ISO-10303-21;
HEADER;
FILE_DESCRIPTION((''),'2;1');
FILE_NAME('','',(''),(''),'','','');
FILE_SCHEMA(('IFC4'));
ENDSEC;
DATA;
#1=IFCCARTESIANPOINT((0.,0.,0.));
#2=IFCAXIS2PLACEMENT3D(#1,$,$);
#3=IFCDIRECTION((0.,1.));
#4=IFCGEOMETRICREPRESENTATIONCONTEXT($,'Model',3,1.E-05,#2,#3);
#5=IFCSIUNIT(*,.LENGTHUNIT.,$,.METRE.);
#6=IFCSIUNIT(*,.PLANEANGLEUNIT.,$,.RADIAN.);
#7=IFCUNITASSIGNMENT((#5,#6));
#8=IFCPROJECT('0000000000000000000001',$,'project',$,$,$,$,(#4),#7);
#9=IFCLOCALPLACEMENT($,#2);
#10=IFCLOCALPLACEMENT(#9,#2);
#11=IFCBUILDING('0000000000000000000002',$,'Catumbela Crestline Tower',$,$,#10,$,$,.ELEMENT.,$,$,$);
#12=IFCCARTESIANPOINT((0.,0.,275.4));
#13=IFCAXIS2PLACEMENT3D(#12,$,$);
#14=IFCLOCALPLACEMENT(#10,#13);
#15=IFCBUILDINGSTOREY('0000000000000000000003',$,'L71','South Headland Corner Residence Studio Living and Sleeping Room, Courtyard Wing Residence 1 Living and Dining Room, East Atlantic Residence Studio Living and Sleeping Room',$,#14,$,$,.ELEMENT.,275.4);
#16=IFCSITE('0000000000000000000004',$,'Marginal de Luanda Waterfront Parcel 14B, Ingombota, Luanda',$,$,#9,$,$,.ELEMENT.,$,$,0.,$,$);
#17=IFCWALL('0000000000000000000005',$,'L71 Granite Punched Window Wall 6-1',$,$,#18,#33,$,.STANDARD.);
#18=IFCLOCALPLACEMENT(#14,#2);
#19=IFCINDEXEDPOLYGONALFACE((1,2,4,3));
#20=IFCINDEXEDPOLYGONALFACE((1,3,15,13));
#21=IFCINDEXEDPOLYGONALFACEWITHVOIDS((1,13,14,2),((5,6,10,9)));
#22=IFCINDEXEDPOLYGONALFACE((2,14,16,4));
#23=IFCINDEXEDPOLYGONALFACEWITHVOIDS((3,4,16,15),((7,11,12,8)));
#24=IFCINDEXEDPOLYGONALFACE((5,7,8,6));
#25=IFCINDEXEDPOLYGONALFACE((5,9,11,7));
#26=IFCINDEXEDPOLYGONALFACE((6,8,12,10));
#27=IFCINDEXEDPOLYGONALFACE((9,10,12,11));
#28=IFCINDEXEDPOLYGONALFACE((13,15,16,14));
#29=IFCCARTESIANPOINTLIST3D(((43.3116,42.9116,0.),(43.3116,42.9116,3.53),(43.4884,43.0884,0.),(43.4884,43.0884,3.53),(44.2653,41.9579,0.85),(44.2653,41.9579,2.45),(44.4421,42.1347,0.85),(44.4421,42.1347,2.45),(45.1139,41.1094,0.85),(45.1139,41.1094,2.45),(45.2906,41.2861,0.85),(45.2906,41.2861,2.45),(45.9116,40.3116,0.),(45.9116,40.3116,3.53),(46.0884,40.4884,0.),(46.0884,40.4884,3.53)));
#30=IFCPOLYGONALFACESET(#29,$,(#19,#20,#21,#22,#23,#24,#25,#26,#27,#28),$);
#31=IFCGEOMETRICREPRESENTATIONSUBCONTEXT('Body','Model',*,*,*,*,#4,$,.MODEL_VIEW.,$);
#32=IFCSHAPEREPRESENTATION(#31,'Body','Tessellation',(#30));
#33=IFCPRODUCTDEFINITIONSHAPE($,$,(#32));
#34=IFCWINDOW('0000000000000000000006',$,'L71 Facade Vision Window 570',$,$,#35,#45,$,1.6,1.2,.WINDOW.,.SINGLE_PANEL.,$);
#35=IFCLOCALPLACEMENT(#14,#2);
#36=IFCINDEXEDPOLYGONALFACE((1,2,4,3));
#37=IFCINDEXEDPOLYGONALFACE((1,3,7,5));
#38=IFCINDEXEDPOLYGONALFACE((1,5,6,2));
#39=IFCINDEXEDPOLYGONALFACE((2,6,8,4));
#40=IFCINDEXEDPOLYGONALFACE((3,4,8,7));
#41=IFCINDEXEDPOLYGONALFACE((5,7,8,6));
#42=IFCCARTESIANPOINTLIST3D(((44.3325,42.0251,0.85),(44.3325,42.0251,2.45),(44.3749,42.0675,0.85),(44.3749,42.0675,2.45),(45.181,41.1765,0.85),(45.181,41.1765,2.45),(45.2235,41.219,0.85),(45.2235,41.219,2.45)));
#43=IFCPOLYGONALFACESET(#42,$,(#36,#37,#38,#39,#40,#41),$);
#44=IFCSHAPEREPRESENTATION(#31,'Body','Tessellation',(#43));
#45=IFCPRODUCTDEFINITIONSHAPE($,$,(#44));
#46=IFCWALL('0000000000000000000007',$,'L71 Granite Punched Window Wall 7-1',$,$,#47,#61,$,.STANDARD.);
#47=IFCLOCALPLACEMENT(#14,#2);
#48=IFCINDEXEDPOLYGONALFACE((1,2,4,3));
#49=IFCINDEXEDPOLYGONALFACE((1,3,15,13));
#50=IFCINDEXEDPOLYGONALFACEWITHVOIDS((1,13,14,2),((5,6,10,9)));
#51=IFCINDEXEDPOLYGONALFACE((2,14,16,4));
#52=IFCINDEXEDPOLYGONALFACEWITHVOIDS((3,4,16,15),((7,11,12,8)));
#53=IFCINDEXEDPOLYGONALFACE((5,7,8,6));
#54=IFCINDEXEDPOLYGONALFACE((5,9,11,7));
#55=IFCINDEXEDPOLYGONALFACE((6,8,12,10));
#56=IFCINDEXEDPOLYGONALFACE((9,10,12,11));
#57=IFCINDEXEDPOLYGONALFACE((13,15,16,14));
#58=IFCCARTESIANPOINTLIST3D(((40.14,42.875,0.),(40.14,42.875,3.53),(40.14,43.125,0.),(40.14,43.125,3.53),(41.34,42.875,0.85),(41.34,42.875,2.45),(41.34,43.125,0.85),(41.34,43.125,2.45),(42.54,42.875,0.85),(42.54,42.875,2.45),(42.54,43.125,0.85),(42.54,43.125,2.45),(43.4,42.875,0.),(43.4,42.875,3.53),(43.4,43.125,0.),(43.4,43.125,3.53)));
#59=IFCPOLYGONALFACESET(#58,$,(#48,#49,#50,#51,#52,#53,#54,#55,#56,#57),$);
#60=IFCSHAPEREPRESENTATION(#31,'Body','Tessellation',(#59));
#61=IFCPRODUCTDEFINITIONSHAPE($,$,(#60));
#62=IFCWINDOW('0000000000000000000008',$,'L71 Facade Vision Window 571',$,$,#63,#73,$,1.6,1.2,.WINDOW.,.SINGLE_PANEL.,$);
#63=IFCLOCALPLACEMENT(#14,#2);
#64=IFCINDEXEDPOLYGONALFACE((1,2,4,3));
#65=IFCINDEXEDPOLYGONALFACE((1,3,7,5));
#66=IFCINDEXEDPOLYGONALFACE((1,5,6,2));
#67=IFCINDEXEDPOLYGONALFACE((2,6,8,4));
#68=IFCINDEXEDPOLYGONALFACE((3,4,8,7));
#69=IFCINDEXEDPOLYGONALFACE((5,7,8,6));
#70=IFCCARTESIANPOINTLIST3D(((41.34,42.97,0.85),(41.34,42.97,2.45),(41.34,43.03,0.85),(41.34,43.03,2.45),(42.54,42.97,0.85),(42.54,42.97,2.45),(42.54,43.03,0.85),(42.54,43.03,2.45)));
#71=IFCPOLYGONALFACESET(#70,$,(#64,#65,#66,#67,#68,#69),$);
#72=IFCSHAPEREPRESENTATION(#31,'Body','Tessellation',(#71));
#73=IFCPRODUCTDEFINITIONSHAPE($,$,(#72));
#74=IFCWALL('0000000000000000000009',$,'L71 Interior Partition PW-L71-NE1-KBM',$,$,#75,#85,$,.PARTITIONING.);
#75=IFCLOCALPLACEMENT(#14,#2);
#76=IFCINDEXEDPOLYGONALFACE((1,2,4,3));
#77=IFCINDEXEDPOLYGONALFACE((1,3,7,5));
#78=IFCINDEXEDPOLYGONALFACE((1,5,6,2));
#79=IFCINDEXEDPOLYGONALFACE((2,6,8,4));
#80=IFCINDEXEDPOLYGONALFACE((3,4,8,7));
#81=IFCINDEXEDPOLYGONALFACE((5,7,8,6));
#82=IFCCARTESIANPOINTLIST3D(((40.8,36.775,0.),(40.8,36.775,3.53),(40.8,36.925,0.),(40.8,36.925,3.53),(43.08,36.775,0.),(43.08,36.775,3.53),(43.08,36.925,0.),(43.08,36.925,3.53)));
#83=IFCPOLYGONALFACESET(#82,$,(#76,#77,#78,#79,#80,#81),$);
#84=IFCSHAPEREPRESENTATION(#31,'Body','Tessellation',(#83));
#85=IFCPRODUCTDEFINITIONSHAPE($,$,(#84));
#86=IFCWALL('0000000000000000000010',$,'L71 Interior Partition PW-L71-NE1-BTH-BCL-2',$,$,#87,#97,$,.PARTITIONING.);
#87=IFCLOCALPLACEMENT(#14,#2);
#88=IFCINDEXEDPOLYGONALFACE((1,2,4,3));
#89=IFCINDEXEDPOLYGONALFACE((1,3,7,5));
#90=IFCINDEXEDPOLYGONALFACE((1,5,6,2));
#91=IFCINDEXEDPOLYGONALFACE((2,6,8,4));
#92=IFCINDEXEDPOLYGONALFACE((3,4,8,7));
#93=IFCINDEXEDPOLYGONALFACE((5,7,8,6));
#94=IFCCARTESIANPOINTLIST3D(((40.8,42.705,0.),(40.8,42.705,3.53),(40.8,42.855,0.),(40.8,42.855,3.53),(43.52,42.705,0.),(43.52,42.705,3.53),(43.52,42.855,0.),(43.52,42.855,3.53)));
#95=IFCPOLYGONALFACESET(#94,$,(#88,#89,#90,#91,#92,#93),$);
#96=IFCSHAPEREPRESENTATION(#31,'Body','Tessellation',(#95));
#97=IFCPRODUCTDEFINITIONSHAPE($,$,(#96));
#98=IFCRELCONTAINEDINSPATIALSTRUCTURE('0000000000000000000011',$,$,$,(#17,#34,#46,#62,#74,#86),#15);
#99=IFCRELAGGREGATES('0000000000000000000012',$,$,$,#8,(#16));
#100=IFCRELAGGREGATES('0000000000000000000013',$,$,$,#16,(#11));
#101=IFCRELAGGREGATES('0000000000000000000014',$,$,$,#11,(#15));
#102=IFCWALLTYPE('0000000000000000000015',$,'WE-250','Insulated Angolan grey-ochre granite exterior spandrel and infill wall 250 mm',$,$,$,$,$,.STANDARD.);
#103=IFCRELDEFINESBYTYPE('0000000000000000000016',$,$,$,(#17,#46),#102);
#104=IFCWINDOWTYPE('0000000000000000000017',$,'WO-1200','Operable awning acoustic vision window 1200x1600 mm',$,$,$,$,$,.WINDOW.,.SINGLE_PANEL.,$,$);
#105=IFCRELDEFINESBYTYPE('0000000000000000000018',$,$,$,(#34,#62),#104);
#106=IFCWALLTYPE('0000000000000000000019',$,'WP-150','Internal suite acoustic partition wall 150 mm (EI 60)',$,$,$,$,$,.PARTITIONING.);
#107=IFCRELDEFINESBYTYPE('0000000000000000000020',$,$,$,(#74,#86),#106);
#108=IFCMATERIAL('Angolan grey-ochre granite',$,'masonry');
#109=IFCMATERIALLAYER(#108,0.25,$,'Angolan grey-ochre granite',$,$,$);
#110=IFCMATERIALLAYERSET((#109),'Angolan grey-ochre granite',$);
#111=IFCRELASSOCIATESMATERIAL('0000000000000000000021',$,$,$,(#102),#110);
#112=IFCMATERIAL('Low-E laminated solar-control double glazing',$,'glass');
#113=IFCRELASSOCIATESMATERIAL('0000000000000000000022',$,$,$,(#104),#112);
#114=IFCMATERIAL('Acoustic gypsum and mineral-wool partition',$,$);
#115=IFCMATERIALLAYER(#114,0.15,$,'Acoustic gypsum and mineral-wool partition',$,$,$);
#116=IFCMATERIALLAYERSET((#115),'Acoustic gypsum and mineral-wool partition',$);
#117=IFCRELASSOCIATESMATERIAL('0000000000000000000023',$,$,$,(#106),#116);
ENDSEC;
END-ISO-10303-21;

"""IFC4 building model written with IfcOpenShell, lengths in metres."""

from ifc_helpers import new_model, si_unit, direction, frame, frame_2d, origin, place, context, subcontext, project, spatial, rectangle, extrude, material, layer, layer_set, type_object, element, fill, save


model = new_model("IFC4")

# Units and contexts
model_context = context("Model", 3, precision=1e-05, world=origin(), true_north=direction((0.0, 1.0)))
body_context = subcontext(model_context, "Body", "Model", "MODEL_VIEW")
ifc_project = project(units=[si_unit("LENGTHUNIT", "METRE"), si_unit("PLANEANGLEUNIT", "RADIAN")], contexts=[model_context])

# Site, building, storey
site_placement = place(None, origin())
site = spatial("IfcSite", under=ifc_project, at=site_placement, Name="Marginal de Luanda Waterfront Parcel 14B, Ingombota, Luanda", CompositionType="ELEMENT", RefElevation=0.0)
building_placement = place(site_placement, origin())
building = spatial("IfcBuilding", under=site, at=building_placement, Name="Catumbela Crestline Tower", CompositionType="ELEMENT")
storey_placement = place(building_placement, frame((0.0, 0.0, 275.4)))
storey = spatial("IfcBuildingStorey", under=building, at=storey_placement, Name="L71", Description="South Headland Corner Residence Studio Living and Sleeping Room, Courtyard Wing Residence 1 Living and Dining Room, East Atlantic Residence Studio Living and Sleeping Room", CompositionType="ELEMENT", Elevation=275.4)

# Shared definitions
ifc_material_1 = material(Name="Low-E laminated solar-control double glazing", Category="glass")

# Walls, openings, windows
ifc_material_2 = material(Name="Angolan grey-ochre granite", Category="masonry")
ifc_layer_1 = layer(ifc_material_2, 0.25, Name="Angolan grey-ochre granite")
ifc_layer_set_1 = layer_set([ifc_layer_1], Name="Angolan grey-ochre granite")
wall_type_1 = type_object("IfcWallType", Name="WE-250", Description="Insulated Angolan grey-ochre granite exterior spandrel and infill wall 250 mm", PredefinedType="STANDARD", material=ifc_layer_set_1)
wall_1_placement = place(storey_placement, frame((46.0, 40.4, 0.0), z_axis=(0.0, 0.0, 1.0), x_axis=(-0.707107, 0.707107, 0.0)))
wall_1 = element("IfcWall", 1, at=wall_1_placement, inside=storey, type_object=wall_type_1, Name="L71 Granite Punched Window Wall 6-1", PredefinedType="STANDARD", context=body_context, shape_type="SweptSolid", body=[
    extrude(rectangle(XDim=3.677, YDim=0.25, at=frame_2d((1.8385, 0.0))), origin(), (0.0, 0.0, 1.0), 3.53),
])
opening_1_placement = place(wall_1_placement, frame((1.1282, 0.0, 0.85)))
opening_1 = element("IfcOpeningElement", 2, at=opening_1_placement, cuts=wall_1, PredefinedType="OPENING", context=body_context, shape_type="SweptSolid", body=[
    extrude(rectangle(XDim=1.2, YDim=1.6, at=frame_2d((0.6, 0.8))), frame((0.0, 0.135, 0.0), z_axis=(0.0, -1.0, 0.0), x_axis=(1.0, 0.0, 0.0)), (0.0, 0.0, 1.0), 0.27),
])
window_type = type_object("IfcWindowType", Name="WO-1200", Description="Operable awning acoustic vision window 1200x1600 mm", PartitioningType="SINGLE_PANEL", PredefinedType="WINDOW", material=ifc_material_1)
window_1_placement = place(opening_1_placement, origin())
window_1 = element("IfcWindow", 3, at=window_1_placement, inside=storey, type_object=window_type, Name="L71 Facade Vision Window 570", OverallHeight=1.6, OverallWidth=1.2, PartitioningType="SINGLE_PANEL", PredefinedType="WINDOW", context=body_context, shape_type="SweptSolid", body=[
    extrude(rectangle(XDim=1.2, YDim=1.6, at=frame_2d((0.6, 0.8))), frame((0.0, 0.03, 0.0), z_axis=(0.0, -1.0, 0.0), x_axis=(1.0, 0.0, 0.0)), (0.0, 0.0, 1.0), 0.06),
])
fill(opening_1, window_1)
wall_2_placement = place(storey_placement, frame((43.4, 43.0, 0.0), z_axis=(0.0, 0.0, 1.0), x_axis=(-1.0, 0.0, 0.0)))
wall_2 = element("IfcWall", 4, at=wall_2_placement, inside=storey, type_object=wall_type_1, Name="L71 Granite Punched Window Wall 7-1", PredefinedType="STANDARD", context=body_context, shape_type="SweptSolid", body=[
    extrude(rectangle(XDim=3.26, YDim=0.25, at=frame_2d((1.63, 0.0))), origin(), (0.0, 0.0, 1.0), 3.53),
])
opening_2_placement = place(wall_2_placement, frame((0.86, 0.0, 0.85)))
opening_2 = element("IfcOpeningElement", 5, at=opening_2_placement, cuts=wall_2, PredefinedType="OPENING", context=body_context, shape_type="SweptSolid", body=[
    extrude(rectangle(XDim=1.2, YDim=1.6, at=frame_2d((0.6, 0.8))), frame((0.0, 0.135, 0.0), z_axis=(0.0, -1.0, 0.0), x_axis=(1.0, 0.0, 0.0)), (0.0, 0.0, 1.0), 0.27),
])
window_2_placement = place(opening_2_placement, origin())
window_2 = element("IfcWindow", 6, at=window_2_placement, inside=storey, type_object=window_type, Name="L71 Facade Vision Window 571", OverallHeight=1.6, OverallWidth=1.2, PartitioningType="SINGLE_PANEL", PredefinedType="WINDOW", context=body_context, shape_type="SweptSolid", body=[
    extrude(rectangle(XDim=1.2, YDim=1.6, at=frame_2d((0.6, 0.8))), frame((0.0, 0.03, 0.0), z_axis=(0.0, -1.0, 0.0), x_axis=(1.0, 0.0, 0.0)), (0.0, 0.0, 1.0), 0.06),
])
fill(opening_2, window_2)

# Walls
ifc_material_3 = material(Name="Acoustic gypsum and mineral-wool partition")
ifc_layer_2 = layer(ifc_material_3, 0.15, Name="Acoustic gypsum and mineral-wool partition")
ifc_layer_set_2 = layer_set([ifc_layer_2], Name="Acoustic gypsum and mineral-wool partition")
wall_type_2 = type_object("IfcWallType", Name="WP-150", Description="Internal suite acoustic partition wall 150 mm (EI 60)", PredefinedType="PARTITIONING", material=ifc_layer_set_2)
wall_3_placement = place(storey_placement, frame((40.8, 36.85, 0.0), z_axis=(0.0, 0.0, 1.0), x_axis=(1.0, 0.0, 0.0)))
element("IfcWall", 7, at=wall_3_placement, inside=storey, type_object=wall_type_2, Name="L71 Interior Partition PW-L71-NE1-KBM", PredefinedType="PARTITIONING", context=body_context, shape_type="SweptSolid", body=[
    extrude(rectangle(XDim=2.28, YDim=0.15, at=frame_2d((1.14, 0.0))), origin(), (0.0, 0.0, 1.0), 3.53),
])
wall_4_placement = place(storey_placement, frame((40.8, 42.78, 0.0), z_axis=(0.0, 0.0, 1.0), x_axis=(1.0, 0.0, 0.0)))
element("IfcWall", 8, at=wall_4_placement, inside=storey, type_object=wall_type_2, Name="L71 Interior Partition PW-L71-NE1-BTH-BCL-2", PredefinedType="PARTITIONING", context=body_context, shape_type="SweptSolid", body=[
    extrude(rectangle(XDim=2.72, YDim=0.15, at=frame_2d((1.36, 0.0))), origin(), (0.0, 0.0, 1.0), 3.53),
])

save(model, "model.ifc")
